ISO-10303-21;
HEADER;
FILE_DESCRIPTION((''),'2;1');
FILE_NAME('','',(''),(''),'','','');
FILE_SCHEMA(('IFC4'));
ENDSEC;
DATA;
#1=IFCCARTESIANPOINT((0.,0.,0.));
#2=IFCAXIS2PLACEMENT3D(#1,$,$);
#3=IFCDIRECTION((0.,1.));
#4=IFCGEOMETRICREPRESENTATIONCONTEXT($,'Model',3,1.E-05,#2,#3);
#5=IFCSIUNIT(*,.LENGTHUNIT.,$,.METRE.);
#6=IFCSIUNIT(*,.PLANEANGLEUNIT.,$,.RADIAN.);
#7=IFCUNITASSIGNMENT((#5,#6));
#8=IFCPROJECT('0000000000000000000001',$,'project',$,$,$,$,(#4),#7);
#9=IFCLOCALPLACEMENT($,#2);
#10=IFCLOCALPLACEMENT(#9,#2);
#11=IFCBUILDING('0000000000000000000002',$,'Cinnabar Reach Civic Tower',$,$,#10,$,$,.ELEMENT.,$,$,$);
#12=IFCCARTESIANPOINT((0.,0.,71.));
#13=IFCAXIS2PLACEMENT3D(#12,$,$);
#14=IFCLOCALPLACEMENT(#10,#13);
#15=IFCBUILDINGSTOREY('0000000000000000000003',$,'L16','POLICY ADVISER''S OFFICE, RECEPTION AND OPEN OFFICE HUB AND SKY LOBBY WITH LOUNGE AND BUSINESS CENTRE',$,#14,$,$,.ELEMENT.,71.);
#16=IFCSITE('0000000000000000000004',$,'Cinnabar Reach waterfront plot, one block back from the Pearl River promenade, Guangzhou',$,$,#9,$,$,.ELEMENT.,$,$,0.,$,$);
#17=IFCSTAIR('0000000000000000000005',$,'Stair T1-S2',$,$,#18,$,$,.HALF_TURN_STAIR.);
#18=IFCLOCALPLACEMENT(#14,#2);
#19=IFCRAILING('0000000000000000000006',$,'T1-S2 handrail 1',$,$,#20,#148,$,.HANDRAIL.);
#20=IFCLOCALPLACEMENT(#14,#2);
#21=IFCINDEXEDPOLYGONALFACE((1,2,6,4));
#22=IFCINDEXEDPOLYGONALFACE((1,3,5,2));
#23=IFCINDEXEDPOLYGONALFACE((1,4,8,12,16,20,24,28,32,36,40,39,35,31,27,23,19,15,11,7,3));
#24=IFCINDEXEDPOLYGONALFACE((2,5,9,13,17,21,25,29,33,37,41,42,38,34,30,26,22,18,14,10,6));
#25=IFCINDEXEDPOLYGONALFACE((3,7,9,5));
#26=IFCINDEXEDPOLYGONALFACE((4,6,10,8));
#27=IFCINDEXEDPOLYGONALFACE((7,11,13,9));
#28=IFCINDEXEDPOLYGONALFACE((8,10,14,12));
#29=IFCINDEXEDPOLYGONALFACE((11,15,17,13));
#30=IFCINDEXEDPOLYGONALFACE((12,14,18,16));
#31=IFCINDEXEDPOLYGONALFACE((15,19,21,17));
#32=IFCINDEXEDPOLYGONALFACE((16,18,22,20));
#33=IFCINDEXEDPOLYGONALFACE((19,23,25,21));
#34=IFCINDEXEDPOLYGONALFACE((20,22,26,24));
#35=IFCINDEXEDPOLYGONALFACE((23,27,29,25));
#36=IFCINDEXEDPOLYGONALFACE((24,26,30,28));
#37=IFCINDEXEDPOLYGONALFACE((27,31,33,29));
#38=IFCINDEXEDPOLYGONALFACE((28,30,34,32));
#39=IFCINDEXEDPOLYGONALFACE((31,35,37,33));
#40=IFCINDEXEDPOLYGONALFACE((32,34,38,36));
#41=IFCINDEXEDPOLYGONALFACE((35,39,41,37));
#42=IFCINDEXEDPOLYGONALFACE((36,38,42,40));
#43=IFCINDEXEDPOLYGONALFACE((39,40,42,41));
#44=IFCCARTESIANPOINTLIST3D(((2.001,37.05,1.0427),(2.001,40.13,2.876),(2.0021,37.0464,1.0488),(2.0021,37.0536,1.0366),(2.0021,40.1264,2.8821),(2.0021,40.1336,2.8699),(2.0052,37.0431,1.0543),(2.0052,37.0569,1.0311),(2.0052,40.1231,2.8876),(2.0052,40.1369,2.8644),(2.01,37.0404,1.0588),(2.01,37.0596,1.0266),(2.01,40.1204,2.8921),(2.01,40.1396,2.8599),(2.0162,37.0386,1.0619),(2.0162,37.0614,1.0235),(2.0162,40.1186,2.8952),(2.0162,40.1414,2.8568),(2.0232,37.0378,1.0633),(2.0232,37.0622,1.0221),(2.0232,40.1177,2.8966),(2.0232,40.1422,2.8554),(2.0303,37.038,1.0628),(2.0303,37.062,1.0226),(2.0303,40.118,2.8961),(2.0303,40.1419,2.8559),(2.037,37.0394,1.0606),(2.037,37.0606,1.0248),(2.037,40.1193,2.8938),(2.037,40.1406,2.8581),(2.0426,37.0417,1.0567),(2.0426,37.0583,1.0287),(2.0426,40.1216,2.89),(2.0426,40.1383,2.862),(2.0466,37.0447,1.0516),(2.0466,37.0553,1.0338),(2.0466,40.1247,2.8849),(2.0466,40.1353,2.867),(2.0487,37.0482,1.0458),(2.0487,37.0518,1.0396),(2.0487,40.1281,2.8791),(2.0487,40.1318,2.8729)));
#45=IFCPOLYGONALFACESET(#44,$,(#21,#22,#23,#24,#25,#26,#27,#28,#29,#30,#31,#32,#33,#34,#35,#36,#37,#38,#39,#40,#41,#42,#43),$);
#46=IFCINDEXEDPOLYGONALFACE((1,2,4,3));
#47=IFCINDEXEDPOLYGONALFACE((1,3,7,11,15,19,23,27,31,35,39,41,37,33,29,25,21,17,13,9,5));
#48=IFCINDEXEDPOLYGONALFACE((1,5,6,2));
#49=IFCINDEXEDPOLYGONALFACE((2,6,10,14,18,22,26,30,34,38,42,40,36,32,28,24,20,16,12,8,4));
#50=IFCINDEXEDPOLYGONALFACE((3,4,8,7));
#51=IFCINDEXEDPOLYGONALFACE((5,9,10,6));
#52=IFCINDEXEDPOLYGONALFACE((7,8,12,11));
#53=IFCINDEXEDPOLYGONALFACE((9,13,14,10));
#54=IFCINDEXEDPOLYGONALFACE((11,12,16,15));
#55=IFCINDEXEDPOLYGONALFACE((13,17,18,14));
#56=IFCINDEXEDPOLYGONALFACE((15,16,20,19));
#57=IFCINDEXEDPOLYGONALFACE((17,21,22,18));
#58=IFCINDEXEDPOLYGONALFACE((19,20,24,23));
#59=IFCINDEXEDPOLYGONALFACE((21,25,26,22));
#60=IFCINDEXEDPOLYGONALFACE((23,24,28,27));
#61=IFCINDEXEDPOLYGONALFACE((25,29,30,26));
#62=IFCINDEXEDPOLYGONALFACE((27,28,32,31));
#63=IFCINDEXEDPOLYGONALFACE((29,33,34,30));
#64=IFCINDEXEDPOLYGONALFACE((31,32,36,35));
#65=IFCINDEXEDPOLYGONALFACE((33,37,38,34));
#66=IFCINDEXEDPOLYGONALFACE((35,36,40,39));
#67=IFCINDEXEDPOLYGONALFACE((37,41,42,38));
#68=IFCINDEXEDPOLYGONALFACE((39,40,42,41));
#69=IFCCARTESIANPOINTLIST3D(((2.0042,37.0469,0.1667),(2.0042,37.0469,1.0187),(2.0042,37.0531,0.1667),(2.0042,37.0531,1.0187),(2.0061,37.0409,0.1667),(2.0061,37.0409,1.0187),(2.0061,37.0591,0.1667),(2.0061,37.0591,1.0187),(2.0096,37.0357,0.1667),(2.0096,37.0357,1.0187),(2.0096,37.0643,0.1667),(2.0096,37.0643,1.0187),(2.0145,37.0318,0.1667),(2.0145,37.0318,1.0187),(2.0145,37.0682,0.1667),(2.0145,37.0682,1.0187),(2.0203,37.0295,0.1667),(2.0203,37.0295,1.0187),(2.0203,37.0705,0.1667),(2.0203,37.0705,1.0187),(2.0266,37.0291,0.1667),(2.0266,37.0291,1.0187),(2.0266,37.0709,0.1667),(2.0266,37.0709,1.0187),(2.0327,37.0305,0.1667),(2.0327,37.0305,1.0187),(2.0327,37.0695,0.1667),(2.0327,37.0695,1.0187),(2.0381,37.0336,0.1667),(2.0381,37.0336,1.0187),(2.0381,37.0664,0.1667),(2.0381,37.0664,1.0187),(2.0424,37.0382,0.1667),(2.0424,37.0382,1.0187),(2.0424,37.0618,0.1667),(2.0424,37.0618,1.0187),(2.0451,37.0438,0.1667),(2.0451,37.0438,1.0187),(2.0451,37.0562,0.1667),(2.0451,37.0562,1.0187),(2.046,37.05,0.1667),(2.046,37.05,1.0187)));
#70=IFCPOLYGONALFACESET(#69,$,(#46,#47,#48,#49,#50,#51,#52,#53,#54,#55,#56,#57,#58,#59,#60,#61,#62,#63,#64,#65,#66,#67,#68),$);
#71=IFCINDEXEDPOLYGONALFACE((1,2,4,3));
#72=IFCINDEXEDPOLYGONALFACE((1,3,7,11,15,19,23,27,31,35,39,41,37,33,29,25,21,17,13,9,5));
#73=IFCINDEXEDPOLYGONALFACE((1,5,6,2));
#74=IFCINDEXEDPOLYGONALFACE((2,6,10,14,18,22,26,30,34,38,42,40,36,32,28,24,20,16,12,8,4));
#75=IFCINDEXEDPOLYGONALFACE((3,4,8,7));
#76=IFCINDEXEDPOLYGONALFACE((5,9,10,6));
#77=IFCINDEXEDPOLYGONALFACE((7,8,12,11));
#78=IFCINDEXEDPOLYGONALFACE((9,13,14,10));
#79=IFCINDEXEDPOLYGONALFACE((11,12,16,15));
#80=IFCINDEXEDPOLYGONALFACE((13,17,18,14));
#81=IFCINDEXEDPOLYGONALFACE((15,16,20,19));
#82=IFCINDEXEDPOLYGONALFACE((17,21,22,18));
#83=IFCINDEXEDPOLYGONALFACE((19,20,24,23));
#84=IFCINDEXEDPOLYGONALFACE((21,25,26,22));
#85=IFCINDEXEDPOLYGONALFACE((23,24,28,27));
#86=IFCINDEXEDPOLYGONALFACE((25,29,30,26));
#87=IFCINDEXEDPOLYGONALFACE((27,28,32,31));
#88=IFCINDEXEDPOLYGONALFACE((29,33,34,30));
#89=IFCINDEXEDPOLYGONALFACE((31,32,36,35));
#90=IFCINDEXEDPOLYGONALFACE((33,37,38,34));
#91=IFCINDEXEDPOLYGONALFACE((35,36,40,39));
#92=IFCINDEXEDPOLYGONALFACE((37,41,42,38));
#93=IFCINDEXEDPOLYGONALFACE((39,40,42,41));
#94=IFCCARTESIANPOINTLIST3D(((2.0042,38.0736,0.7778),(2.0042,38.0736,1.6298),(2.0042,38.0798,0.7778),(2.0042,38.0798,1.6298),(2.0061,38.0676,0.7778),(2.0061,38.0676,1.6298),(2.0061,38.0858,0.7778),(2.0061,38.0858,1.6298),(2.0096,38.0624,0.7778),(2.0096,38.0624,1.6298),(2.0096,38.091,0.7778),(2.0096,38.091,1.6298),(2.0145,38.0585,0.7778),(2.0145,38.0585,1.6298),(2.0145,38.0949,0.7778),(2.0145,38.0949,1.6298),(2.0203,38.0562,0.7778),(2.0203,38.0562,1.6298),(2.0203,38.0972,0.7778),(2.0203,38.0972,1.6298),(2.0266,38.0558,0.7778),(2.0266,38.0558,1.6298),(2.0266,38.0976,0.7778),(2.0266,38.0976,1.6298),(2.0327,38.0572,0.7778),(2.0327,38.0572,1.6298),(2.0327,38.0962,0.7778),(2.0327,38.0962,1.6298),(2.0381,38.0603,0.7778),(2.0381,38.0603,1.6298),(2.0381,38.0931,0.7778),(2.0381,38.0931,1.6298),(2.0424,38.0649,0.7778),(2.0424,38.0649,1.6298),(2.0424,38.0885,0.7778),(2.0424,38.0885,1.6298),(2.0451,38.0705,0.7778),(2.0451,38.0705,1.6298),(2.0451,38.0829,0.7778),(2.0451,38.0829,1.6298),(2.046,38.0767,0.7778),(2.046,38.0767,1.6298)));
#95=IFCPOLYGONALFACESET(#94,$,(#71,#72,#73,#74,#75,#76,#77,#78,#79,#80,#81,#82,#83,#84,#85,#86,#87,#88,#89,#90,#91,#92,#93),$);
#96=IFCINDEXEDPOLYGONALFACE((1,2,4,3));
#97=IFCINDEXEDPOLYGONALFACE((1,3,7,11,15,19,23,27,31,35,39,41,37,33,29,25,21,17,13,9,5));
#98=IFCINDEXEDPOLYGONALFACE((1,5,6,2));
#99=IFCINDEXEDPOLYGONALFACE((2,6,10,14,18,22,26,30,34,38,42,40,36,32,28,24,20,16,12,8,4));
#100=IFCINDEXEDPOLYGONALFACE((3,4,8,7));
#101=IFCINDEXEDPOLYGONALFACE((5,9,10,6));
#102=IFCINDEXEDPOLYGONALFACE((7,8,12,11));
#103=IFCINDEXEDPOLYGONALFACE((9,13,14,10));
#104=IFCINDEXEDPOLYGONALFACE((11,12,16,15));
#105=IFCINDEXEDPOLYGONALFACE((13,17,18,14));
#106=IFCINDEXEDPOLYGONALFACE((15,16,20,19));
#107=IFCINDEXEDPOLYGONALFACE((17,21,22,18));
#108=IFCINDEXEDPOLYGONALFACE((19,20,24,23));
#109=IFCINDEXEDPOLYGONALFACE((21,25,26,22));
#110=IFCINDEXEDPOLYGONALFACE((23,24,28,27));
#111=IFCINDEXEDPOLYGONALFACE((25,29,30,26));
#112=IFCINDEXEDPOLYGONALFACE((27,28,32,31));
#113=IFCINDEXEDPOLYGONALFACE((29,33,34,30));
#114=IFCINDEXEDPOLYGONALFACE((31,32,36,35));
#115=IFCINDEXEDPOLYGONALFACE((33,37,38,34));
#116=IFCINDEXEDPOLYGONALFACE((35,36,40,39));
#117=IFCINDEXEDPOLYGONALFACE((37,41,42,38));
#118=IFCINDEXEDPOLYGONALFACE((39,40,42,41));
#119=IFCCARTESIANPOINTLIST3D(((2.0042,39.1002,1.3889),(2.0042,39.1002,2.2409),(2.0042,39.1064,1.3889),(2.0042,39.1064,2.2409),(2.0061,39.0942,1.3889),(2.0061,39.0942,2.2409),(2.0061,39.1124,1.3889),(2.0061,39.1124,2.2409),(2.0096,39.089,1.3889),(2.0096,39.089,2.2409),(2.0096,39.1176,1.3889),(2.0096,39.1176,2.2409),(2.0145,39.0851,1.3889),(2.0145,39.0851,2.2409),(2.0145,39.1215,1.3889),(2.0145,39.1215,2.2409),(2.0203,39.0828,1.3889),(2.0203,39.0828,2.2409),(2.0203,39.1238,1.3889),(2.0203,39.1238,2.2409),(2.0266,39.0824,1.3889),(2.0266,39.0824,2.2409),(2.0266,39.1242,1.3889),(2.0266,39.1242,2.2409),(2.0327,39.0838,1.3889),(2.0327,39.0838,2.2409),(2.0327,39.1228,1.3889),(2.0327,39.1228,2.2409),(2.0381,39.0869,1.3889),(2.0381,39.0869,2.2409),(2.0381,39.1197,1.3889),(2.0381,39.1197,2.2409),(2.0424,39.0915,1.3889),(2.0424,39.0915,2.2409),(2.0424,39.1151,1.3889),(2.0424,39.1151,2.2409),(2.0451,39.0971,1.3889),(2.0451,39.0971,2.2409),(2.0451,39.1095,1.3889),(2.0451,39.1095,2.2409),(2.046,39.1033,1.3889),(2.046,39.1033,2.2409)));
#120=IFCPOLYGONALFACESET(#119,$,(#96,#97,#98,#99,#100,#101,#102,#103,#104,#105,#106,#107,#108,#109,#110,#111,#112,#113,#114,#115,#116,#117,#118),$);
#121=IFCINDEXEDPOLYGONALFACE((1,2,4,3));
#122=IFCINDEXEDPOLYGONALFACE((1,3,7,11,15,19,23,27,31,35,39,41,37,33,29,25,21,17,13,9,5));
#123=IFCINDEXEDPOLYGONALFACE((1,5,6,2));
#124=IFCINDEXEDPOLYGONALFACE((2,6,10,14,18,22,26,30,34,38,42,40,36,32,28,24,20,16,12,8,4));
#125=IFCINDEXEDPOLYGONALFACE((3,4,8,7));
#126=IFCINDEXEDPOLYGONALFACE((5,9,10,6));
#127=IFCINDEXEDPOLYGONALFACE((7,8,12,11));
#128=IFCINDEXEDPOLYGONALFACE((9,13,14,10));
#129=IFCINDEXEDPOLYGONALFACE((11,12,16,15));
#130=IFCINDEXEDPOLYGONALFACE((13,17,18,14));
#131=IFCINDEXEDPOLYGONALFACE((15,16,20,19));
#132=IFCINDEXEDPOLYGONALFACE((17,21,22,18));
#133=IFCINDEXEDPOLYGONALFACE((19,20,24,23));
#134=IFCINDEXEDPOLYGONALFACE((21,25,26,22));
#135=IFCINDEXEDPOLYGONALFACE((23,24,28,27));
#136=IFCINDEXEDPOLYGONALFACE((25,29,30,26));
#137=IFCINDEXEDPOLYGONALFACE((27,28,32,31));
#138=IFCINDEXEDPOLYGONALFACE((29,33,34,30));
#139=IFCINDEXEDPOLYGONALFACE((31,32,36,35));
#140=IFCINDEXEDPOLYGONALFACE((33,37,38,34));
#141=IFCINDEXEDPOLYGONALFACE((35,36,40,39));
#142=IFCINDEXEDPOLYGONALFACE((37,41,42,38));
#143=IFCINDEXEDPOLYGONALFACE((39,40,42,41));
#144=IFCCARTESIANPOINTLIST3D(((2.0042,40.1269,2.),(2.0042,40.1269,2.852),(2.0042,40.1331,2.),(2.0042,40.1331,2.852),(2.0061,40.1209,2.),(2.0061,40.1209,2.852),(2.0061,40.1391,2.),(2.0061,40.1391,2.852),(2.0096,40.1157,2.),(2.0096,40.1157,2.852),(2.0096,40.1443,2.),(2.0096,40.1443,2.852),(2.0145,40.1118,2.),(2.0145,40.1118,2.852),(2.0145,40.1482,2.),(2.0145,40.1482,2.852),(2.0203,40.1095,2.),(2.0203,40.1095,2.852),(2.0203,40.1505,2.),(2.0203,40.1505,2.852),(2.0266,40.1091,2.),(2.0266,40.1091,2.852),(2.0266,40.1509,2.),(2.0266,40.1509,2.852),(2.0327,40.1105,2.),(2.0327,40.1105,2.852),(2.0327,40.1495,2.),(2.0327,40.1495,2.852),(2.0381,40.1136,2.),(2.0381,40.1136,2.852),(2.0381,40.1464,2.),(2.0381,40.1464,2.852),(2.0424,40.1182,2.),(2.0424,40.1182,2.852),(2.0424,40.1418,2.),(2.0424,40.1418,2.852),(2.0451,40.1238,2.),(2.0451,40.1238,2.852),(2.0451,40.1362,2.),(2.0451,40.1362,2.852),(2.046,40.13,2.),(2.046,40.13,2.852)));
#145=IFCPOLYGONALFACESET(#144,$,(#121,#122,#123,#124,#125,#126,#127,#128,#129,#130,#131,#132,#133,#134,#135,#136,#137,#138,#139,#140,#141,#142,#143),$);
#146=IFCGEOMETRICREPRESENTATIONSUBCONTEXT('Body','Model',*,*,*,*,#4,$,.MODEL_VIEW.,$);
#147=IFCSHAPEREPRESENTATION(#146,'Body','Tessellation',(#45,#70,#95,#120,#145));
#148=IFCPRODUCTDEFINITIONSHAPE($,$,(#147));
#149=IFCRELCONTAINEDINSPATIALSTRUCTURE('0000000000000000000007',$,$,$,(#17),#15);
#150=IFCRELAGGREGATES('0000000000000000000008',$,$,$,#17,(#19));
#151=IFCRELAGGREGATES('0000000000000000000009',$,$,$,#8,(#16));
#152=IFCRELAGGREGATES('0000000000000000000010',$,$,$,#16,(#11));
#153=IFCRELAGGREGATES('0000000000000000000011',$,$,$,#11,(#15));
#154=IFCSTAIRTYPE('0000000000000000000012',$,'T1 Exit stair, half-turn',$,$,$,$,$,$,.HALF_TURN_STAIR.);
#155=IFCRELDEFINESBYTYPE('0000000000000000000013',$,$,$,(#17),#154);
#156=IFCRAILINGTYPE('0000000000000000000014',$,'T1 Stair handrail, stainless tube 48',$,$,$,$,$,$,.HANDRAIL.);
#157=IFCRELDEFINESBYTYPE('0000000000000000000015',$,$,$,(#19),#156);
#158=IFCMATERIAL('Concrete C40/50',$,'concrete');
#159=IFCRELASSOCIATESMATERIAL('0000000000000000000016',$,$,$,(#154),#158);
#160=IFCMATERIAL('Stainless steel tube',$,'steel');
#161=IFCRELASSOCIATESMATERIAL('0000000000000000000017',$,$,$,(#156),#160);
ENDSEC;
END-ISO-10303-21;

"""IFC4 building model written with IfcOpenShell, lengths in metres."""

from ifc_helpers import new_model, si_unit, direction, frame, origin, origin_2d, place, context, subcontext, project, spatial, circle, extrude, material, type_object, element, aggregate, save


model = new_model("IFC4")

# Units and contexts
model_context = context("Model", 3, precision=1e-05, world=origin(), true_north=direction((0.0, 1.0)))
body_context = subcontext(model_context, "Body", "Model", "MODEL_VIEW")
ifc_project = project(units=[si_unit("LENGTHUNIT", "METRE"), si_unit("PLANEANGLEUNIT", "RADIAN")], contexts=[model_context])

# Site, building, storey
site_placement = place(None, origin())
site = spatial("IfcSite", under=ifc_project, at=site_placement, Name="Cinnabar Reach waterfront plot, one block back from the Pearl River promenade, Guangzhou", CompositionType="ELEMENT", RefElevation=0.0)
building_placement = place(site_placement, origin())
building = spatial("IfcBuilding", under=site, at=building_placement, Name="Cinnabar Reach Civic Tower", CompositionType="ELEMENT")
storey_placement = place(building_placement, frame((0.0, 0.0, 71.0)))
storey = spatial("IfcBuildingStorey", under=building, at=storey_placement, Name="L16", Description="POLICY ADVISER'S OFFICE, RECEPTION AND OPEN OFFICE HUB AND SKY LOBBY WITH LOUNGE AND BUSINESS CENTRE", CompositionType="ELEMENT", Elevation=71.0)

# Shared definitions
ifc_material_1 = material(Name="Concrete C40/50", Category="concrete")

# Stair, railing
stair_type = type_object("IfcStairType", Name="T1 Exit stair, half-turn", PredefinedType="HALF_TURN_STAIR", material=ifc_material_1)
stair_placement = place(storey_placement, origin())
stair = element("IfcStair", 1, at=stair_placement, inside=storey, type_object=stair_type, Name="Stair T1-S2", PredefinedType="HALF_TURN_STAIR")
ifc_material_2 = material(Name="Stainless steel tube", Category="steel")
railing_type = type_object("IfcRailingType", Name="T1 Stair handrail, stainless tube 48", PredefinedType="HANDRAIL", material=ifc_material_2)
railing_placement = place(storey_placement, frame((2.025, 37.05, 0.1667)))
railing = element("IfcRailing", 2, at=railing_placement, type_object=railing_type, Name="T1-S2 handrail 1", PredefinedType="HANDRAIL", context=body_context, shape_type="SweptSolid", body=[
    extrude(circle(Radius=0.024, at=origin_2d()), frame((0.0, 0.0, 0.876), z_axis=(0.0, 0.859297, 0.511477), x_axis=(-1.0, 0.0, 0.0)), (0.0, 0.0, 1.0), 3.5843),
    extrude(circle(Radius=0.021, at=origin_2d()), origin(), (0.0, 0.0, 1.0), 0.852),
    extrude(circle(Radius=0.021, at=origin_2d()), frame((0.0, 1.0267, 0.6111)), (0.0, 0.0, 1.0), 0.852),
    extrude(circle(Radius=0.021, at=origin_2d()), frame((0.0, 2.0533, 1.2222)), (0.0, 0.0, 1.0), 0.852),
    extrude(circle(Radius=0.021, at=origin_2d()), frame((0.0, 3.08, 1.8333)), (0.0, 0.0, 1.0), 0.852),
])
aggregate(stair, [railing])

save(model, "model.ifc")
